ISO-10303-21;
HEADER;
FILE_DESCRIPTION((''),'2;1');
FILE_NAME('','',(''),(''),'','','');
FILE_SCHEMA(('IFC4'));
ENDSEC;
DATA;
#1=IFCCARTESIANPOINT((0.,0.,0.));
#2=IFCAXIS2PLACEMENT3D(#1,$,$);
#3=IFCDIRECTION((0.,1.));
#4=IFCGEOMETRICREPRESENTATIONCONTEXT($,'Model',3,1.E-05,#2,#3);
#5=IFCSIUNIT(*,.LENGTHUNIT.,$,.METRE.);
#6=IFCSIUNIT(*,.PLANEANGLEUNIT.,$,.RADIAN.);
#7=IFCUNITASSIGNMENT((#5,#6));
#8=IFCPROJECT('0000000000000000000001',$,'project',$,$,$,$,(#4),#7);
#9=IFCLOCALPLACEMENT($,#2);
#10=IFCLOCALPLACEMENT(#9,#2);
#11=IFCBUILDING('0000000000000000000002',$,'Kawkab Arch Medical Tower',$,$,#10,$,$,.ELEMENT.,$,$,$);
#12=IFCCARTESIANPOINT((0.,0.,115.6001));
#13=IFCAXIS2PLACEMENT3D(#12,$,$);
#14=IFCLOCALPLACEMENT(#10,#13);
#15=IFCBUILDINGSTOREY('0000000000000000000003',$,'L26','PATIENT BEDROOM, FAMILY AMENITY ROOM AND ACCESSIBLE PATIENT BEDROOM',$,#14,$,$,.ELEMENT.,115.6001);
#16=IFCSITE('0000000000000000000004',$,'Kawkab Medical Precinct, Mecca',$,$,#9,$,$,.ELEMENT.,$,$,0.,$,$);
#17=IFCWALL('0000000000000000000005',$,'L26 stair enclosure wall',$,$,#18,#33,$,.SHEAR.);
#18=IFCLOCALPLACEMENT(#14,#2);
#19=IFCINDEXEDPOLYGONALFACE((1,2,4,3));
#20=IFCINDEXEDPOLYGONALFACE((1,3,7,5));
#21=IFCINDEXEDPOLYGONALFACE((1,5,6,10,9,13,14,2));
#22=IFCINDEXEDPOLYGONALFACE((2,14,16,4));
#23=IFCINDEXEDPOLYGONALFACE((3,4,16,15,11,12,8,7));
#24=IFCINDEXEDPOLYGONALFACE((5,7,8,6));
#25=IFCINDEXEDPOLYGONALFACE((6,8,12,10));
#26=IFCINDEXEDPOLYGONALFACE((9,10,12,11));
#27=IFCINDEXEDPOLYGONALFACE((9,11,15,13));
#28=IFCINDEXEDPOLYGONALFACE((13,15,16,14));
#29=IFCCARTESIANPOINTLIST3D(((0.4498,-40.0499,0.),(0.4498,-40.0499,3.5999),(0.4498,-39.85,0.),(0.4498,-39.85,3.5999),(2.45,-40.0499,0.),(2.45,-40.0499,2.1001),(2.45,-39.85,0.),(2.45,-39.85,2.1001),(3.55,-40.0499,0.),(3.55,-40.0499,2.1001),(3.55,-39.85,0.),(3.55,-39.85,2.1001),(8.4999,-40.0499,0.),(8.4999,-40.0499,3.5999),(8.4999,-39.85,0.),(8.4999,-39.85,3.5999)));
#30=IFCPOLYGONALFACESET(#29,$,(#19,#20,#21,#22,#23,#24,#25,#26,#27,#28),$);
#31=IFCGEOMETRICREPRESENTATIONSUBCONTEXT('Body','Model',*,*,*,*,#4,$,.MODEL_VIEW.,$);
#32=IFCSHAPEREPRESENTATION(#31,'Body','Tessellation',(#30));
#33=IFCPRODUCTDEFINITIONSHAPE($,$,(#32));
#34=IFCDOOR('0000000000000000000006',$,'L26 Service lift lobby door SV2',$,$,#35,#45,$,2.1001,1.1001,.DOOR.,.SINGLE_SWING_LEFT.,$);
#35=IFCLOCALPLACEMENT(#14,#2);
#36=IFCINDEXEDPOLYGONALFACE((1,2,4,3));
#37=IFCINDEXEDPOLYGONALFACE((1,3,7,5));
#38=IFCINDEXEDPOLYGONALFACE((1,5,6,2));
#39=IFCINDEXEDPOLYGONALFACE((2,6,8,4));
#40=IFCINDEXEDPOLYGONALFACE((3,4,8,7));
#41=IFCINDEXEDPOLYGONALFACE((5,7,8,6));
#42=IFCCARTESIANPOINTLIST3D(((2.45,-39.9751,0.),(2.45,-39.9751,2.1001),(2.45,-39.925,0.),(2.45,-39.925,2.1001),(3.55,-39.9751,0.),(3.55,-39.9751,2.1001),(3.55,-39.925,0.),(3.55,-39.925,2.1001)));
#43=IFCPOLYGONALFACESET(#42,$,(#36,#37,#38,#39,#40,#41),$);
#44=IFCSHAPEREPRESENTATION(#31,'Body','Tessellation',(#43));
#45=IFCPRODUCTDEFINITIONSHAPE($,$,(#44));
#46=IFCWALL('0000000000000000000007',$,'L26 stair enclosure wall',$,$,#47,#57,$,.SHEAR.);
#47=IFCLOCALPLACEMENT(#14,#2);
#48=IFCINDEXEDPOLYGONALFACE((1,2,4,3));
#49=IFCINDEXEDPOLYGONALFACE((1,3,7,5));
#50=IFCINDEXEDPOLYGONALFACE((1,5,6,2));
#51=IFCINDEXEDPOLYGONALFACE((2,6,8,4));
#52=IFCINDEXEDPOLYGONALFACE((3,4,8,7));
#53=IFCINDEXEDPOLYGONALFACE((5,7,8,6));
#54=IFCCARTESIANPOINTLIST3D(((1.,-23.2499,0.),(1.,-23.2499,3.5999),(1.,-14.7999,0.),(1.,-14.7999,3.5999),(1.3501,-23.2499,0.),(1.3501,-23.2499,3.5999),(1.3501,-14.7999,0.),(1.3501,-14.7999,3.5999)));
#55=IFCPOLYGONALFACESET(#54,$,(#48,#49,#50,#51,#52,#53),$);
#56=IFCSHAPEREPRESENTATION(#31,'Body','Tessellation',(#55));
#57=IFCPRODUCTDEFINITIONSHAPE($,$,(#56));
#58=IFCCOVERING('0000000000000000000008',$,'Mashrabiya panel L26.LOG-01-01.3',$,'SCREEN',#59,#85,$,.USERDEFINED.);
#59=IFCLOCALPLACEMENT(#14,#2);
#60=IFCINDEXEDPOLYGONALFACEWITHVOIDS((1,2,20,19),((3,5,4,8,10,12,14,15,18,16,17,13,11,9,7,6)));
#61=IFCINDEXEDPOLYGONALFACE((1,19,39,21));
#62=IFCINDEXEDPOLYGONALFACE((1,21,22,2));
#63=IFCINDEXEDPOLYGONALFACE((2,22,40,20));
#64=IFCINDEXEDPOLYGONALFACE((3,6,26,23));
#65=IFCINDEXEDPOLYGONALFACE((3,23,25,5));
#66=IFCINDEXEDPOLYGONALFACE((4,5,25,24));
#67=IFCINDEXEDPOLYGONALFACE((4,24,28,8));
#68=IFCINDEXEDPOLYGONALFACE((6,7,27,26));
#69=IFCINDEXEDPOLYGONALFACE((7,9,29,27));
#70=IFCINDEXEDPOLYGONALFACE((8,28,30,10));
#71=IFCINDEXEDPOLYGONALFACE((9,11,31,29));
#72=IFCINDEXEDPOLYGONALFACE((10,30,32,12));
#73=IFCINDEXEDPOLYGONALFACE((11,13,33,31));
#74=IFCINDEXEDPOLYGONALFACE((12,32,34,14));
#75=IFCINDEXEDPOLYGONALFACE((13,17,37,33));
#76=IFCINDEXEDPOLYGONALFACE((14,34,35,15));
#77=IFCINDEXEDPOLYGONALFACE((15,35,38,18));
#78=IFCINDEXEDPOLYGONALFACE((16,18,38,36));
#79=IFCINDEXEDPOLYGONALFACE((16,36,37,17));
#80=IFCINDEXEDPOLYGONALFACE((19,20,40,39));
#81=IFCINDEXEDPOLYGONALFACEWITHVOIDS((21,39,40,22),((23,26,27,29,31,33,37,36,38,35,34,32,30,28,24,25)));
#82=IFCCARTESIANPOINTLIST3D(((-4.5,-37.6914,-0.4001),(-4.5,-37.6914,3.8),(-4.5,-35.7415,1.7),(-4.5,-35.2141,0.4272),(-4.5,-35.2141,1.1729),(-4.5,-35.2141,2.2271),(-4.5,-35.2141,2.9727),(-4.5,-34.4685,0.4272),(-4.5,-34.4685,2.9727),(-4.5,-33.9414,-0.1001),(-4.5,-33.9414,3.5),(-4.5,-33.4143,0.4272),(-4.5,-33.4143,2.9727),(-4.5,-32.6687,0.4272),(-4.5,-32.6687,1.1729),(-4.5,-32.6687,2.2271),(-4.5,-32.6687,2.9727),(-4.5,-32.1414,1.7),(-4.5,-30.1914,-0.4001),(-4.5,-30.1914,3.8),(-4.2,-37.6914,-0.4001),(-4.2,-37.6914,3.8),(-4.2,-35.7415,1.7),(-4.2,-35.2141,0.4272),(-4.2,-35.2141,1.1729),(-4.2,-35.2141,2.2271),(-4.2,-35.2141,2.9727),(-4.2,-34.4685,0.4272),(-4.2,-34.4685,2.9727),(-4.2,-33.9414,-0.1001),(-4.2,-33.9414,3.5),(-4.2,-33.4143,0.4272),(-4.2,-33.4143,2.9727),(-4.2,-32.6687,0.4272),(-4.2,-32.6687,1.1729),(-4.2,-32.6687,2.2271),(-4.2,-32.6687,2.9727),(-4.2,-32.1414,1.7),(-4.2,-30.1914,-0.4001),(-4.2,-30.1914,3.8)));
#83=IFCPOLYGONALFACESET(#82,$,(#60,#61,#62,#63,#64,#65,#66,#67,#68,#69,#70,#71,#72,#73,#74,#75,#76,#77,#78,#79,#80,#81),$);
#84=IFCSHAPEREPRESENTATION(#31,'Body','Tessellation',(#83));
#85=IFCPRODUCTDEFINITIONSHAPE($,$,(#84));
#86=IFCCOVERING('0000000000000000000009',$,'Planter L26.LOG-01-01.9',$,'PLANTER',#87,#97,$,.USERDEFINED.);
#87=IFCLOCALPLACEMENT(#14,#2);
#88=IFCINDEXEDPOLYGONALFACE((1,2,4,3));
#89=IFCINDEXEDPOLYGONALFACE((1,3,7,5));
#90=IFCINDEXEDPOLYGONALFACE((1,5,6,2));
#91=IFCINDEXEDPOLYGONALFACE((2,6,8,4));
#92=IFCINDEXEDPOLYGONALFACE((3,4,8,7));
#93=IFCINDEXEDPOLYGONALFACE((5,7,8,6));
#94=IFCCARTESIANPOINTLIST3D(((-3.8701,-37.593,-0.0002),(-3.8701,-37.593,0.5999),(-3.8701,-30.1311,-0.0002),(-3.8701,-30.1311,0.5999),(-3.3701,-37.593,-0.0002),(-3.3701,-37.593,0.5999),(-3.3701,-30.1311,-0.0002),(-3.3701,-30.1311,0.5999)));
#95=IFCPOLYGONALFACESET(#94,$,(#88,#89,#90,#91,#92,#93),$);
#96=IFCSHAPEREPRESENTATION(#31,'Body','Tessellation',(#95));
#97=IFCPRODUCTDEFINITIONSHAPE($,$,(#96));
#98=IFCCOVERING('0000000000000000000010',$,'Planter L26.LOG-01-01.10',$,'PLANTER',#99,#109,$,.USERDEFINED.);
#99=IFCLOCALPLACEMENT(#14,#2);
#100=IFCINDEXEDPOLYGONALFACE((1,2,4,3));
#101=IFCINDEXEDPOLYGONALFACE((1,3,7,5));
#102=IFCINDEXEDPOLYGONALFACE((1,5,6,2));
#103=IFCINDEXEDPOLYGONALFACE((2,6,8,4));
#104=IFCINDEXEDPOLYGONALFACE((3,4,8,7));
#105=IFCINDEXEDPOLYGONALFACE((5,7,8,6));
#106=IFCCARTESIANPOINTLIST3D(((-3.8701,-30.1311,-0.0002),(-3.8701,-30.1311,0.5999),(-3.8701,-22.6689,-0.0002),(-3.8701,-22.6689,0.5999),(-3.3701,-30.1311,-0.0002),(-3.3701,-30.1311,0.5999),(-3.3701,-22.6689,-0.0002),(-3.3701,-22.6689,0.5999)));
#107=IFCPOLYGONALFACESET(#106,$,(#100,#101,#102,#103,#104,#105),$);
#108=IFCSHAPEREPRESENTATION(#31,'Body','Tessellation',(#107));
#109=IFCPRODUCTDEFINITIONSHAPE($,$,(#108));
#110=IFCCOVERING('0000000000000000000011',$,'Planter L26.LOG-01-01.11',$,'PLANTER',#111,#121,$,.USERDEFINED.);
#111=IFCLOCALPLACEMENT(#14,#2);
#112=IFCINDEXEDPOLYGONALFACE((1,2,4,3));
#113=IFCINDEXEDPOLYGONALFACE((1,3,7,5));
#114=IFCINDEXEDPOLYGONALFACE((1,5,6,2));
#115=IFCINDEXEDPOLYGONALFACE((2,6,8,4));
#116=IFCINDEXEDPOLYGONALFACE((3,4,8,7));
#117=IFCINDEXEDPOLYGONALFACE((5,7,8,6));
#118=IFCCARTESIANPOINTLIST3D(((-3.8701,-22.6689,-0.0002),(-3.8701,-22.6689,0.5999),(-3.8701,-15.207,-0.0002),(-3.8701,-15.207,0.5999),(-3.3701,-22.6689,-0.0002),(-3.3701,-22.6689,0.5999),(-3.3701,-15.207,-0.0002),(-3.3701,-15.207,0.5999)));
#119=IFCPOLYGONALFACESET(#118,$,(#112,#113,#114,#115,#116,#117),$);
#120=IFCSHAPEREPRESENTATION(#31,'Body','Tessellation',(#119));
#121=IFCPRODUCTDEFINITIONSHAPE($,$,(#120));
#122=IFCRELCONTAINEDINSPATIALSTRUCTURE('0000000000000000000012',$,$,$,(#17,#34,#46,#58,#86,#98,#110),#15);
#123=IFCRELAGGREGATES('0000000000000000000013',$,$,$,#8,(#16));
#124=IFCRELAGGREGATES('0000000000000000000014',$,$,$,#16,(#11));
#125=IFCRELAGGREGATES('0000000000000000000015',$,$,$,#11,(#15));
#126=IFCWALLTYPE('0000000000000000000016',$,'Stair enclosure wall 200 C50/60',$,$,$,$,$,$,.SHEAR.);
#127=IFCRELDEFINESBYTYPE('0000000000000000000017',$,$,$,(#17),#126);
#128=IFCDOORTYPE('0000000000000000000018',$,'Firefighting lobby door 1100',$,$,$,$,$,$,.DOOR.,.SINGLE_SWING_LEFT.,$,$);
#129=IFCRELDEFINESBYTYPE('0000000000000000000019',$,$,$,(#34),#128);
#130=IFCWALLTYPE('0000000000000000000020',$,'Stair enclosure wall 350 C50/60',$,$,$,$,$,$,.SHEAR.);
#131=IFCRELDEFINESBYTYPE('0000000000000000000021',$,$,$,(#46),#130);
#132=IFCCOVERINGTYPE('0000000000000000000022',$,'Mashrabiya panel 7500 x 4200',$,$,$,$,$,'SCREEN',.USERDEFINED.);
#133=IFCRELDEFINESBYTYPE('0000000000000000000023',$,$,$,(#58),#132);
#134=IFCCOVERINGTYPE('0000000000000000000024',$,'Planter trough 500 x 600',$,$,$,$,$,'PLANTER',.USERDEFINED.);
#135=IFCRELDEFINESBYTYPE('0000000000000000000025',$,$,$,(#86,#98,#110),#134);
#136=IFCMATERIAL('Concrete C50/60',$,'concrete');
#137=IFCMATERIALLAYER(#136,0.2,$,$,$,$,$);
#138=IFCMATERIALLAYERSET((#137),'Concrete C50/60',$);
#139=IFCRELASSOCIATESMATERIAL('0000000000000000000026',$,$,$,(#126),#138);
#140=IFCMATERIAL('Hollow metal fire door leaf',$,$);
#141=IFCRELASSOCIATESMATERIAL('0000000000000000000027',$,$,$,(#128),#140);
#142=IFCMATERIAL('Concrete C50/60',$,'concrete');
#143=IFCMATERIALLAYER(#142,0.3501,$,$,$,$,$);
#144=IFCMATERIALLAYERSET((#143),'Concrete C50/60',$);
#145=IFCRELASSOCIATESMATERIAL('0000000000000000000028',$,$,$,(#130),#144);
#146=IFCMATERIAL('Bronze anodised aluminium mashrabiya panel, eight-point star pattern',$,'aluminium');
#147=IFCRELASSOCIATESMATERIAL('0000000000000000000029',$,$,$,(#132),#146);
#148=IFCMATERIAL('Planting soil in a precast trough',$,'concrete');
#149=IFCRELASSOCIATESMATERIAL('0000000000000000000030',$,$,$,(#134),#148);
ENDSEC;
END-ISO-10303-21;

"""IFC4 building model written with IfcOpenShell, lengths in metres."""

from ifc_helpers import new_model, si_unit, direction, frame, frame_2d, origin, origin_2d, place, context, subcontext, project, spatial, polyline, rectangle, outline, extrude, material, layer, layer_set, material_profile, profile_set, type_object, element, fill, save


model = new_model("IFC4")

# Units and contexts
model_context = context("Model", 3, precision=1e-05, world=origin(), true_north=direction((0.0, 1.0)))
body_context = subcontext(model_context, "Body", "Model", "MODEL_VIEW")
ifc_project = project(units=[si_unit("LENGTHUNIT", "METRE"), si_unit("PLANEANGLEUNIT", "RADIAN")], contexts=[model_context])

# Site, building, storey
site_placement = place(None, origin())
site = spatial("IfcSite", under=ifc_project, at=site_placement, Name="Kawkab Medical Precinct, Mecca", CompositionType="ELEMENT", RefElevation=0.0)
building_placement = place(site_placement, origin())
building = spatial("IfcBuilding", under=site, at=building_placement, Name="Kawkab Arch Medical Tower", CompositionType="ELEMENT")
storey_placement = place(building_placement, frame((0.0, 0.0, 115.6001)))
storey = spatial("IfcBuildingStorey", under=building, at=storey_placement, Name="L26", Description="PATIENT BEDROOM, FAMILY AMENITY ROOM AND ACCESSIBLE PATIENT BEDROOM", CompositionType="ELEMENT", Elevation=115.6001)

# Shared definitions
ifc_material_1 = material(Name="Concrete C50/60", Category="concrete")
ifc_layer_1 = layer(ifc_material_1, 0.2)
ifc_layer_set_1 = layer_set([ifc_layer_1], Name="Concrete C50/60")
wall_type_1 = type_object("IfcWallType", Name="Stair enclosure wall 200 C50/60", PredefinedType="SHEAR", material=ifc_layer_set_1)

# Wall, opening, door
wall_1_placement = place(storey_placement, frame((0.45, -39.95, 0.0), z_axis=(0.0, 0.0, 1.0), x_axis=(1.0, 0.0, 0.0)))
wall_1 = element("IfcWall", 1, at=wall_1_placement, inside=storey, type_object=wall_type_1, Name="L26 stair enclosure wall", PredefinedType="SHEAR", context=body_context, shape_type="SweptSolid", body=[
    extrude(rectangle(XDim=8.05, YDim=0.2, at=frame_2d((4.0249, 0.0))), origin(), (0.0, 0.0, 1.0), 3.5999),
])
opening_1_placement = place(wall_1_placement, frame((2.0, 0.0, 0.0)))
opening_1 = element("IfcOpeningElement", 2, at=opening_1_placement, cuts=wall_1, PredefinedType="OPENING", context=body_context, shape_type="SweptSolid", body=[
    extrude(rectangle(XDim=1.1001, YDim=2.1001, at=frame_2d((0.55, 1.05))), frame((0.0, 0.1099, 0.0), z_axis=(0.0, -1.0, 0.0), x_axis=(1.0, 0.0, 0.0)), (0.0, 0.0, 1.0), 0.22),
])
ifc_material_2 = material(Name="Hollow metal fire door leaf")
door_type_1 = type_object("IfcDoorType", Name="Firefighting lobby door 1100", OperationType="SINGLE_SWING_LEFT", PredefinedType="DOOR", material=ifc_material_2)
door_1_placement = place(opening_1_placement, origin())
door_1 = element("IfcDoor", 3, at=door_1_placement, inside=storey, type_object=door_type_1, Name="L26 Service lift lobby door SV2", OperationType="SINGLE_SWING_LEFT", OverallHeight=2.1001, OverallWidth=1.1001, PredefinedType="DOOR", context=body_context, shape_type="SweptSolid", body=[
    extrude(rectangle(XDim=1.1001, YDim=2.1001, at=frame_2d((0.55, 1.05))), frame((0.0, 0.0249, 0.0), z_axis=(0.0, -1.0, 0.0), x_axis=(1.0, 0.0, 0.0)), (0.0, 0.0, 1.0), 0.05),
])
fill(opening_1, door_1)

# Wall
ifc_material_3 = material(Name="Concrete C50/60", Category="concrete")
ifc_layer_2 = layer(ifc_material_3, 0.3501)
ifc_layer_set_2 = layer_set([ifc_layer_2], Name="Concrete C50/60")
wall_type_2 = type_object("IfcWallType", Name="Stair enclosure wall 350 C50/60", PredefinedType="SHEAR", material=ifc_layer_set_2)
wall_2_placement = place(storey_placement, frame((1.175, -23.25, 0.0), z_axis=(0.0, 0.0, 1.0), x_axis=(0.0, 1.0, 0.0)))
element("IfcWall", 4, at=wall_2_placement, inside=storey, type_object=wall_type_2, Name="L26 stair enclosure wall", PredefinedType="SHEAR", context=body_context, shape_type="SweptSolid", body=[
    extrude(rectangle(XDim=8.45, YDim=0.3501, at=frame_2d((4.2251, 0.0))), origin(), (0.0, 0.0, 1.0), 3.5999),
])

# Coverings
ifc_material_4 = material(Name="Bronze anodised aluminium mashrabiya panel, eight-point star pattern", Category="aluminium")
ifc_material_profile_1 = material_profile(ifc_material_4, outline(polyline([(-3.75, -2.1001), (3.75, -2.1001), (3.75, 2.1001), (-3.75, 2.1001), (-3.75, -2.1001)]), holes=[polyline([(1.8, 0.0), (1.2727, 0.5271), (1.2727, 1.2727), (0.5271, 1.2727), (0.0, 1.8), (-0.5271, 1.2727), (-1.2727, 1.2727), (-1.2727, 0.5271), (-1.8, 0.0), (-1.2727, -0.5271), (-1.2727, -1.2727), (-0.5271, -1.2727), (0.0, -1.8), (0.5271, -1.2727), (1.2727, -1.2727), (1.2727, -0.5271), (1.8, 0.0)])]), Name="Mashrabiya panel 7500x4200")
ifc_profile_set_1 = profile_set([ifc_material_profile_1], Name="Bronze anodised aluminium mashrabiya panel, eight-point star pattern")
covering_type_1 = type_object("IfcCoveringType", Name="Mashrabiya panel 7500 x 4200", ElementType="SCREEN", PredefinedType="USERDEFINED", material=ifc_profile_set_1)
covering_1_placement = place(storey_placement, frame((-4.2, -33.9414, 1.7), z_axis=(-1.0, 0.0, 0.0), x_axis=(0.0, -1.0, 0.0)))
element("IfcCovering", 5, at=covering_1_placement, inside=storey, type_object=covering_type_1, Name="Mashrabiya panel L26.LOG-01-01.3", ObjectType="SCREEN", PredefinedType="USERDEFINED", context=body_context, shape_type="SweptSolid", body=[
    extrude(outline(polyline([(-3.75, -2.1001), (3.75, -2.1001), (3.75, 2.1001), (-3.75, 2.1001), (-3.75, -2.1001)]), holes=[polyline([(1.8, 0.0), (1.2727, 0.5271), (1.2727, 1.2727), (0.5271, 1.2727), (0.0, 1.8), (-0.5271, 1.2727), (-1.2727, 1.2727), (-1.2727, 0.5271), (-1.8, 0.0), (-1.2727, -0.5271), (-1.2727, -1.2727), (-0.5271, -1.2727), (0.0, -1.8), (0.5271, -1.2727), (1.2727, -1.2727), (1.2727, -0.5271), (1.8, 0.0)])]), origin(), (0.0, 0.0, 1.0), 0.3),
])
ifc_material_5 = material(Name="Planting soil in a precast trough", Category="concrete")
ifc_material_profile_2 = material_profile(ifc_material_5, rectangle(XDim=0.5, YDim=0.6001, at=origin_2d()), Name="Trough 500x600")
ifc_profile_set_2 = profile_set([ifc_material_profile_2], Name="Planting soil in a precast trough")
covering_type_2 = type_object("IfcCoveringType", Name="Planter trough 500 x 600", ElementType="PLANTER", PredefinedType="USERDEFINED", material=ifc_profile_set_2)
covering_2_placement = place(storey_placement, frame((-3.6201, -37.593, 0.2998), z_axis=(0.0, 1.0, 0.0), x_axis=(-1.0, 0.0, 0.0)))
element("IfcCovering", 6, at=covering_2_placement, inside=storey, type_object=covering_type_2, Name="Planter L26.LOG-01-01.9", ObjectType="PLANTER", PredefinedType="USERDEFINED", context=body_context, shape_type="SweptSolid", body=[
    extrude(rectangle(XDim=0.5, YDim=0.6001, at=origin_2d()), origin(), (0.0, 0.0, 1.0), 7.4619),
])
covering_3_placement = place(storey_placement, frame((-3.6201, -30.1311, 0.2998), z_axis=(0.0, 1.0, 0.0), x_axis=(-1.0, 0.0, 0.0)))
element("IfcCovering", 7, at=covering_3_placement, inside=storey, type_object=covering_type_2, Name="Planter L26.LOG-01-01.10", ObjectType="PLANTER", PredefinedType="USERDEFINED", context=body_context, shape_type="SweptSolid", body=[
    extrude(rectangle(XDim=0.5, YDim=0.6001, at=origin_2d()), origin(), (0.0, 0.0, 1.0), 7.4622),
])
covering_4_placement = place(storey_placement, frame((-3.6201, -22.6689, 0.2998), z_axis=(0.0, 1.0, 0.0), x_axis=(-1.0, 0.0, 0.0)))
element("IfcCovering", 8, at=covering_4_placement, inside=storey, type_object=covering_type_2, Name="Planter L26.LOG-01-01.11", ObjectType="PLANTER", PredefinedType="USERDEFINED", context=body_context, shape_type="SweptSolid", body=[
    extrude(rectangle(XDim=0.5, YDim=0.6001, at=origin_2d()), origin(), (0.0, 0.0, 1.0), 7.4619),
])

save(model, "model.ifc")
